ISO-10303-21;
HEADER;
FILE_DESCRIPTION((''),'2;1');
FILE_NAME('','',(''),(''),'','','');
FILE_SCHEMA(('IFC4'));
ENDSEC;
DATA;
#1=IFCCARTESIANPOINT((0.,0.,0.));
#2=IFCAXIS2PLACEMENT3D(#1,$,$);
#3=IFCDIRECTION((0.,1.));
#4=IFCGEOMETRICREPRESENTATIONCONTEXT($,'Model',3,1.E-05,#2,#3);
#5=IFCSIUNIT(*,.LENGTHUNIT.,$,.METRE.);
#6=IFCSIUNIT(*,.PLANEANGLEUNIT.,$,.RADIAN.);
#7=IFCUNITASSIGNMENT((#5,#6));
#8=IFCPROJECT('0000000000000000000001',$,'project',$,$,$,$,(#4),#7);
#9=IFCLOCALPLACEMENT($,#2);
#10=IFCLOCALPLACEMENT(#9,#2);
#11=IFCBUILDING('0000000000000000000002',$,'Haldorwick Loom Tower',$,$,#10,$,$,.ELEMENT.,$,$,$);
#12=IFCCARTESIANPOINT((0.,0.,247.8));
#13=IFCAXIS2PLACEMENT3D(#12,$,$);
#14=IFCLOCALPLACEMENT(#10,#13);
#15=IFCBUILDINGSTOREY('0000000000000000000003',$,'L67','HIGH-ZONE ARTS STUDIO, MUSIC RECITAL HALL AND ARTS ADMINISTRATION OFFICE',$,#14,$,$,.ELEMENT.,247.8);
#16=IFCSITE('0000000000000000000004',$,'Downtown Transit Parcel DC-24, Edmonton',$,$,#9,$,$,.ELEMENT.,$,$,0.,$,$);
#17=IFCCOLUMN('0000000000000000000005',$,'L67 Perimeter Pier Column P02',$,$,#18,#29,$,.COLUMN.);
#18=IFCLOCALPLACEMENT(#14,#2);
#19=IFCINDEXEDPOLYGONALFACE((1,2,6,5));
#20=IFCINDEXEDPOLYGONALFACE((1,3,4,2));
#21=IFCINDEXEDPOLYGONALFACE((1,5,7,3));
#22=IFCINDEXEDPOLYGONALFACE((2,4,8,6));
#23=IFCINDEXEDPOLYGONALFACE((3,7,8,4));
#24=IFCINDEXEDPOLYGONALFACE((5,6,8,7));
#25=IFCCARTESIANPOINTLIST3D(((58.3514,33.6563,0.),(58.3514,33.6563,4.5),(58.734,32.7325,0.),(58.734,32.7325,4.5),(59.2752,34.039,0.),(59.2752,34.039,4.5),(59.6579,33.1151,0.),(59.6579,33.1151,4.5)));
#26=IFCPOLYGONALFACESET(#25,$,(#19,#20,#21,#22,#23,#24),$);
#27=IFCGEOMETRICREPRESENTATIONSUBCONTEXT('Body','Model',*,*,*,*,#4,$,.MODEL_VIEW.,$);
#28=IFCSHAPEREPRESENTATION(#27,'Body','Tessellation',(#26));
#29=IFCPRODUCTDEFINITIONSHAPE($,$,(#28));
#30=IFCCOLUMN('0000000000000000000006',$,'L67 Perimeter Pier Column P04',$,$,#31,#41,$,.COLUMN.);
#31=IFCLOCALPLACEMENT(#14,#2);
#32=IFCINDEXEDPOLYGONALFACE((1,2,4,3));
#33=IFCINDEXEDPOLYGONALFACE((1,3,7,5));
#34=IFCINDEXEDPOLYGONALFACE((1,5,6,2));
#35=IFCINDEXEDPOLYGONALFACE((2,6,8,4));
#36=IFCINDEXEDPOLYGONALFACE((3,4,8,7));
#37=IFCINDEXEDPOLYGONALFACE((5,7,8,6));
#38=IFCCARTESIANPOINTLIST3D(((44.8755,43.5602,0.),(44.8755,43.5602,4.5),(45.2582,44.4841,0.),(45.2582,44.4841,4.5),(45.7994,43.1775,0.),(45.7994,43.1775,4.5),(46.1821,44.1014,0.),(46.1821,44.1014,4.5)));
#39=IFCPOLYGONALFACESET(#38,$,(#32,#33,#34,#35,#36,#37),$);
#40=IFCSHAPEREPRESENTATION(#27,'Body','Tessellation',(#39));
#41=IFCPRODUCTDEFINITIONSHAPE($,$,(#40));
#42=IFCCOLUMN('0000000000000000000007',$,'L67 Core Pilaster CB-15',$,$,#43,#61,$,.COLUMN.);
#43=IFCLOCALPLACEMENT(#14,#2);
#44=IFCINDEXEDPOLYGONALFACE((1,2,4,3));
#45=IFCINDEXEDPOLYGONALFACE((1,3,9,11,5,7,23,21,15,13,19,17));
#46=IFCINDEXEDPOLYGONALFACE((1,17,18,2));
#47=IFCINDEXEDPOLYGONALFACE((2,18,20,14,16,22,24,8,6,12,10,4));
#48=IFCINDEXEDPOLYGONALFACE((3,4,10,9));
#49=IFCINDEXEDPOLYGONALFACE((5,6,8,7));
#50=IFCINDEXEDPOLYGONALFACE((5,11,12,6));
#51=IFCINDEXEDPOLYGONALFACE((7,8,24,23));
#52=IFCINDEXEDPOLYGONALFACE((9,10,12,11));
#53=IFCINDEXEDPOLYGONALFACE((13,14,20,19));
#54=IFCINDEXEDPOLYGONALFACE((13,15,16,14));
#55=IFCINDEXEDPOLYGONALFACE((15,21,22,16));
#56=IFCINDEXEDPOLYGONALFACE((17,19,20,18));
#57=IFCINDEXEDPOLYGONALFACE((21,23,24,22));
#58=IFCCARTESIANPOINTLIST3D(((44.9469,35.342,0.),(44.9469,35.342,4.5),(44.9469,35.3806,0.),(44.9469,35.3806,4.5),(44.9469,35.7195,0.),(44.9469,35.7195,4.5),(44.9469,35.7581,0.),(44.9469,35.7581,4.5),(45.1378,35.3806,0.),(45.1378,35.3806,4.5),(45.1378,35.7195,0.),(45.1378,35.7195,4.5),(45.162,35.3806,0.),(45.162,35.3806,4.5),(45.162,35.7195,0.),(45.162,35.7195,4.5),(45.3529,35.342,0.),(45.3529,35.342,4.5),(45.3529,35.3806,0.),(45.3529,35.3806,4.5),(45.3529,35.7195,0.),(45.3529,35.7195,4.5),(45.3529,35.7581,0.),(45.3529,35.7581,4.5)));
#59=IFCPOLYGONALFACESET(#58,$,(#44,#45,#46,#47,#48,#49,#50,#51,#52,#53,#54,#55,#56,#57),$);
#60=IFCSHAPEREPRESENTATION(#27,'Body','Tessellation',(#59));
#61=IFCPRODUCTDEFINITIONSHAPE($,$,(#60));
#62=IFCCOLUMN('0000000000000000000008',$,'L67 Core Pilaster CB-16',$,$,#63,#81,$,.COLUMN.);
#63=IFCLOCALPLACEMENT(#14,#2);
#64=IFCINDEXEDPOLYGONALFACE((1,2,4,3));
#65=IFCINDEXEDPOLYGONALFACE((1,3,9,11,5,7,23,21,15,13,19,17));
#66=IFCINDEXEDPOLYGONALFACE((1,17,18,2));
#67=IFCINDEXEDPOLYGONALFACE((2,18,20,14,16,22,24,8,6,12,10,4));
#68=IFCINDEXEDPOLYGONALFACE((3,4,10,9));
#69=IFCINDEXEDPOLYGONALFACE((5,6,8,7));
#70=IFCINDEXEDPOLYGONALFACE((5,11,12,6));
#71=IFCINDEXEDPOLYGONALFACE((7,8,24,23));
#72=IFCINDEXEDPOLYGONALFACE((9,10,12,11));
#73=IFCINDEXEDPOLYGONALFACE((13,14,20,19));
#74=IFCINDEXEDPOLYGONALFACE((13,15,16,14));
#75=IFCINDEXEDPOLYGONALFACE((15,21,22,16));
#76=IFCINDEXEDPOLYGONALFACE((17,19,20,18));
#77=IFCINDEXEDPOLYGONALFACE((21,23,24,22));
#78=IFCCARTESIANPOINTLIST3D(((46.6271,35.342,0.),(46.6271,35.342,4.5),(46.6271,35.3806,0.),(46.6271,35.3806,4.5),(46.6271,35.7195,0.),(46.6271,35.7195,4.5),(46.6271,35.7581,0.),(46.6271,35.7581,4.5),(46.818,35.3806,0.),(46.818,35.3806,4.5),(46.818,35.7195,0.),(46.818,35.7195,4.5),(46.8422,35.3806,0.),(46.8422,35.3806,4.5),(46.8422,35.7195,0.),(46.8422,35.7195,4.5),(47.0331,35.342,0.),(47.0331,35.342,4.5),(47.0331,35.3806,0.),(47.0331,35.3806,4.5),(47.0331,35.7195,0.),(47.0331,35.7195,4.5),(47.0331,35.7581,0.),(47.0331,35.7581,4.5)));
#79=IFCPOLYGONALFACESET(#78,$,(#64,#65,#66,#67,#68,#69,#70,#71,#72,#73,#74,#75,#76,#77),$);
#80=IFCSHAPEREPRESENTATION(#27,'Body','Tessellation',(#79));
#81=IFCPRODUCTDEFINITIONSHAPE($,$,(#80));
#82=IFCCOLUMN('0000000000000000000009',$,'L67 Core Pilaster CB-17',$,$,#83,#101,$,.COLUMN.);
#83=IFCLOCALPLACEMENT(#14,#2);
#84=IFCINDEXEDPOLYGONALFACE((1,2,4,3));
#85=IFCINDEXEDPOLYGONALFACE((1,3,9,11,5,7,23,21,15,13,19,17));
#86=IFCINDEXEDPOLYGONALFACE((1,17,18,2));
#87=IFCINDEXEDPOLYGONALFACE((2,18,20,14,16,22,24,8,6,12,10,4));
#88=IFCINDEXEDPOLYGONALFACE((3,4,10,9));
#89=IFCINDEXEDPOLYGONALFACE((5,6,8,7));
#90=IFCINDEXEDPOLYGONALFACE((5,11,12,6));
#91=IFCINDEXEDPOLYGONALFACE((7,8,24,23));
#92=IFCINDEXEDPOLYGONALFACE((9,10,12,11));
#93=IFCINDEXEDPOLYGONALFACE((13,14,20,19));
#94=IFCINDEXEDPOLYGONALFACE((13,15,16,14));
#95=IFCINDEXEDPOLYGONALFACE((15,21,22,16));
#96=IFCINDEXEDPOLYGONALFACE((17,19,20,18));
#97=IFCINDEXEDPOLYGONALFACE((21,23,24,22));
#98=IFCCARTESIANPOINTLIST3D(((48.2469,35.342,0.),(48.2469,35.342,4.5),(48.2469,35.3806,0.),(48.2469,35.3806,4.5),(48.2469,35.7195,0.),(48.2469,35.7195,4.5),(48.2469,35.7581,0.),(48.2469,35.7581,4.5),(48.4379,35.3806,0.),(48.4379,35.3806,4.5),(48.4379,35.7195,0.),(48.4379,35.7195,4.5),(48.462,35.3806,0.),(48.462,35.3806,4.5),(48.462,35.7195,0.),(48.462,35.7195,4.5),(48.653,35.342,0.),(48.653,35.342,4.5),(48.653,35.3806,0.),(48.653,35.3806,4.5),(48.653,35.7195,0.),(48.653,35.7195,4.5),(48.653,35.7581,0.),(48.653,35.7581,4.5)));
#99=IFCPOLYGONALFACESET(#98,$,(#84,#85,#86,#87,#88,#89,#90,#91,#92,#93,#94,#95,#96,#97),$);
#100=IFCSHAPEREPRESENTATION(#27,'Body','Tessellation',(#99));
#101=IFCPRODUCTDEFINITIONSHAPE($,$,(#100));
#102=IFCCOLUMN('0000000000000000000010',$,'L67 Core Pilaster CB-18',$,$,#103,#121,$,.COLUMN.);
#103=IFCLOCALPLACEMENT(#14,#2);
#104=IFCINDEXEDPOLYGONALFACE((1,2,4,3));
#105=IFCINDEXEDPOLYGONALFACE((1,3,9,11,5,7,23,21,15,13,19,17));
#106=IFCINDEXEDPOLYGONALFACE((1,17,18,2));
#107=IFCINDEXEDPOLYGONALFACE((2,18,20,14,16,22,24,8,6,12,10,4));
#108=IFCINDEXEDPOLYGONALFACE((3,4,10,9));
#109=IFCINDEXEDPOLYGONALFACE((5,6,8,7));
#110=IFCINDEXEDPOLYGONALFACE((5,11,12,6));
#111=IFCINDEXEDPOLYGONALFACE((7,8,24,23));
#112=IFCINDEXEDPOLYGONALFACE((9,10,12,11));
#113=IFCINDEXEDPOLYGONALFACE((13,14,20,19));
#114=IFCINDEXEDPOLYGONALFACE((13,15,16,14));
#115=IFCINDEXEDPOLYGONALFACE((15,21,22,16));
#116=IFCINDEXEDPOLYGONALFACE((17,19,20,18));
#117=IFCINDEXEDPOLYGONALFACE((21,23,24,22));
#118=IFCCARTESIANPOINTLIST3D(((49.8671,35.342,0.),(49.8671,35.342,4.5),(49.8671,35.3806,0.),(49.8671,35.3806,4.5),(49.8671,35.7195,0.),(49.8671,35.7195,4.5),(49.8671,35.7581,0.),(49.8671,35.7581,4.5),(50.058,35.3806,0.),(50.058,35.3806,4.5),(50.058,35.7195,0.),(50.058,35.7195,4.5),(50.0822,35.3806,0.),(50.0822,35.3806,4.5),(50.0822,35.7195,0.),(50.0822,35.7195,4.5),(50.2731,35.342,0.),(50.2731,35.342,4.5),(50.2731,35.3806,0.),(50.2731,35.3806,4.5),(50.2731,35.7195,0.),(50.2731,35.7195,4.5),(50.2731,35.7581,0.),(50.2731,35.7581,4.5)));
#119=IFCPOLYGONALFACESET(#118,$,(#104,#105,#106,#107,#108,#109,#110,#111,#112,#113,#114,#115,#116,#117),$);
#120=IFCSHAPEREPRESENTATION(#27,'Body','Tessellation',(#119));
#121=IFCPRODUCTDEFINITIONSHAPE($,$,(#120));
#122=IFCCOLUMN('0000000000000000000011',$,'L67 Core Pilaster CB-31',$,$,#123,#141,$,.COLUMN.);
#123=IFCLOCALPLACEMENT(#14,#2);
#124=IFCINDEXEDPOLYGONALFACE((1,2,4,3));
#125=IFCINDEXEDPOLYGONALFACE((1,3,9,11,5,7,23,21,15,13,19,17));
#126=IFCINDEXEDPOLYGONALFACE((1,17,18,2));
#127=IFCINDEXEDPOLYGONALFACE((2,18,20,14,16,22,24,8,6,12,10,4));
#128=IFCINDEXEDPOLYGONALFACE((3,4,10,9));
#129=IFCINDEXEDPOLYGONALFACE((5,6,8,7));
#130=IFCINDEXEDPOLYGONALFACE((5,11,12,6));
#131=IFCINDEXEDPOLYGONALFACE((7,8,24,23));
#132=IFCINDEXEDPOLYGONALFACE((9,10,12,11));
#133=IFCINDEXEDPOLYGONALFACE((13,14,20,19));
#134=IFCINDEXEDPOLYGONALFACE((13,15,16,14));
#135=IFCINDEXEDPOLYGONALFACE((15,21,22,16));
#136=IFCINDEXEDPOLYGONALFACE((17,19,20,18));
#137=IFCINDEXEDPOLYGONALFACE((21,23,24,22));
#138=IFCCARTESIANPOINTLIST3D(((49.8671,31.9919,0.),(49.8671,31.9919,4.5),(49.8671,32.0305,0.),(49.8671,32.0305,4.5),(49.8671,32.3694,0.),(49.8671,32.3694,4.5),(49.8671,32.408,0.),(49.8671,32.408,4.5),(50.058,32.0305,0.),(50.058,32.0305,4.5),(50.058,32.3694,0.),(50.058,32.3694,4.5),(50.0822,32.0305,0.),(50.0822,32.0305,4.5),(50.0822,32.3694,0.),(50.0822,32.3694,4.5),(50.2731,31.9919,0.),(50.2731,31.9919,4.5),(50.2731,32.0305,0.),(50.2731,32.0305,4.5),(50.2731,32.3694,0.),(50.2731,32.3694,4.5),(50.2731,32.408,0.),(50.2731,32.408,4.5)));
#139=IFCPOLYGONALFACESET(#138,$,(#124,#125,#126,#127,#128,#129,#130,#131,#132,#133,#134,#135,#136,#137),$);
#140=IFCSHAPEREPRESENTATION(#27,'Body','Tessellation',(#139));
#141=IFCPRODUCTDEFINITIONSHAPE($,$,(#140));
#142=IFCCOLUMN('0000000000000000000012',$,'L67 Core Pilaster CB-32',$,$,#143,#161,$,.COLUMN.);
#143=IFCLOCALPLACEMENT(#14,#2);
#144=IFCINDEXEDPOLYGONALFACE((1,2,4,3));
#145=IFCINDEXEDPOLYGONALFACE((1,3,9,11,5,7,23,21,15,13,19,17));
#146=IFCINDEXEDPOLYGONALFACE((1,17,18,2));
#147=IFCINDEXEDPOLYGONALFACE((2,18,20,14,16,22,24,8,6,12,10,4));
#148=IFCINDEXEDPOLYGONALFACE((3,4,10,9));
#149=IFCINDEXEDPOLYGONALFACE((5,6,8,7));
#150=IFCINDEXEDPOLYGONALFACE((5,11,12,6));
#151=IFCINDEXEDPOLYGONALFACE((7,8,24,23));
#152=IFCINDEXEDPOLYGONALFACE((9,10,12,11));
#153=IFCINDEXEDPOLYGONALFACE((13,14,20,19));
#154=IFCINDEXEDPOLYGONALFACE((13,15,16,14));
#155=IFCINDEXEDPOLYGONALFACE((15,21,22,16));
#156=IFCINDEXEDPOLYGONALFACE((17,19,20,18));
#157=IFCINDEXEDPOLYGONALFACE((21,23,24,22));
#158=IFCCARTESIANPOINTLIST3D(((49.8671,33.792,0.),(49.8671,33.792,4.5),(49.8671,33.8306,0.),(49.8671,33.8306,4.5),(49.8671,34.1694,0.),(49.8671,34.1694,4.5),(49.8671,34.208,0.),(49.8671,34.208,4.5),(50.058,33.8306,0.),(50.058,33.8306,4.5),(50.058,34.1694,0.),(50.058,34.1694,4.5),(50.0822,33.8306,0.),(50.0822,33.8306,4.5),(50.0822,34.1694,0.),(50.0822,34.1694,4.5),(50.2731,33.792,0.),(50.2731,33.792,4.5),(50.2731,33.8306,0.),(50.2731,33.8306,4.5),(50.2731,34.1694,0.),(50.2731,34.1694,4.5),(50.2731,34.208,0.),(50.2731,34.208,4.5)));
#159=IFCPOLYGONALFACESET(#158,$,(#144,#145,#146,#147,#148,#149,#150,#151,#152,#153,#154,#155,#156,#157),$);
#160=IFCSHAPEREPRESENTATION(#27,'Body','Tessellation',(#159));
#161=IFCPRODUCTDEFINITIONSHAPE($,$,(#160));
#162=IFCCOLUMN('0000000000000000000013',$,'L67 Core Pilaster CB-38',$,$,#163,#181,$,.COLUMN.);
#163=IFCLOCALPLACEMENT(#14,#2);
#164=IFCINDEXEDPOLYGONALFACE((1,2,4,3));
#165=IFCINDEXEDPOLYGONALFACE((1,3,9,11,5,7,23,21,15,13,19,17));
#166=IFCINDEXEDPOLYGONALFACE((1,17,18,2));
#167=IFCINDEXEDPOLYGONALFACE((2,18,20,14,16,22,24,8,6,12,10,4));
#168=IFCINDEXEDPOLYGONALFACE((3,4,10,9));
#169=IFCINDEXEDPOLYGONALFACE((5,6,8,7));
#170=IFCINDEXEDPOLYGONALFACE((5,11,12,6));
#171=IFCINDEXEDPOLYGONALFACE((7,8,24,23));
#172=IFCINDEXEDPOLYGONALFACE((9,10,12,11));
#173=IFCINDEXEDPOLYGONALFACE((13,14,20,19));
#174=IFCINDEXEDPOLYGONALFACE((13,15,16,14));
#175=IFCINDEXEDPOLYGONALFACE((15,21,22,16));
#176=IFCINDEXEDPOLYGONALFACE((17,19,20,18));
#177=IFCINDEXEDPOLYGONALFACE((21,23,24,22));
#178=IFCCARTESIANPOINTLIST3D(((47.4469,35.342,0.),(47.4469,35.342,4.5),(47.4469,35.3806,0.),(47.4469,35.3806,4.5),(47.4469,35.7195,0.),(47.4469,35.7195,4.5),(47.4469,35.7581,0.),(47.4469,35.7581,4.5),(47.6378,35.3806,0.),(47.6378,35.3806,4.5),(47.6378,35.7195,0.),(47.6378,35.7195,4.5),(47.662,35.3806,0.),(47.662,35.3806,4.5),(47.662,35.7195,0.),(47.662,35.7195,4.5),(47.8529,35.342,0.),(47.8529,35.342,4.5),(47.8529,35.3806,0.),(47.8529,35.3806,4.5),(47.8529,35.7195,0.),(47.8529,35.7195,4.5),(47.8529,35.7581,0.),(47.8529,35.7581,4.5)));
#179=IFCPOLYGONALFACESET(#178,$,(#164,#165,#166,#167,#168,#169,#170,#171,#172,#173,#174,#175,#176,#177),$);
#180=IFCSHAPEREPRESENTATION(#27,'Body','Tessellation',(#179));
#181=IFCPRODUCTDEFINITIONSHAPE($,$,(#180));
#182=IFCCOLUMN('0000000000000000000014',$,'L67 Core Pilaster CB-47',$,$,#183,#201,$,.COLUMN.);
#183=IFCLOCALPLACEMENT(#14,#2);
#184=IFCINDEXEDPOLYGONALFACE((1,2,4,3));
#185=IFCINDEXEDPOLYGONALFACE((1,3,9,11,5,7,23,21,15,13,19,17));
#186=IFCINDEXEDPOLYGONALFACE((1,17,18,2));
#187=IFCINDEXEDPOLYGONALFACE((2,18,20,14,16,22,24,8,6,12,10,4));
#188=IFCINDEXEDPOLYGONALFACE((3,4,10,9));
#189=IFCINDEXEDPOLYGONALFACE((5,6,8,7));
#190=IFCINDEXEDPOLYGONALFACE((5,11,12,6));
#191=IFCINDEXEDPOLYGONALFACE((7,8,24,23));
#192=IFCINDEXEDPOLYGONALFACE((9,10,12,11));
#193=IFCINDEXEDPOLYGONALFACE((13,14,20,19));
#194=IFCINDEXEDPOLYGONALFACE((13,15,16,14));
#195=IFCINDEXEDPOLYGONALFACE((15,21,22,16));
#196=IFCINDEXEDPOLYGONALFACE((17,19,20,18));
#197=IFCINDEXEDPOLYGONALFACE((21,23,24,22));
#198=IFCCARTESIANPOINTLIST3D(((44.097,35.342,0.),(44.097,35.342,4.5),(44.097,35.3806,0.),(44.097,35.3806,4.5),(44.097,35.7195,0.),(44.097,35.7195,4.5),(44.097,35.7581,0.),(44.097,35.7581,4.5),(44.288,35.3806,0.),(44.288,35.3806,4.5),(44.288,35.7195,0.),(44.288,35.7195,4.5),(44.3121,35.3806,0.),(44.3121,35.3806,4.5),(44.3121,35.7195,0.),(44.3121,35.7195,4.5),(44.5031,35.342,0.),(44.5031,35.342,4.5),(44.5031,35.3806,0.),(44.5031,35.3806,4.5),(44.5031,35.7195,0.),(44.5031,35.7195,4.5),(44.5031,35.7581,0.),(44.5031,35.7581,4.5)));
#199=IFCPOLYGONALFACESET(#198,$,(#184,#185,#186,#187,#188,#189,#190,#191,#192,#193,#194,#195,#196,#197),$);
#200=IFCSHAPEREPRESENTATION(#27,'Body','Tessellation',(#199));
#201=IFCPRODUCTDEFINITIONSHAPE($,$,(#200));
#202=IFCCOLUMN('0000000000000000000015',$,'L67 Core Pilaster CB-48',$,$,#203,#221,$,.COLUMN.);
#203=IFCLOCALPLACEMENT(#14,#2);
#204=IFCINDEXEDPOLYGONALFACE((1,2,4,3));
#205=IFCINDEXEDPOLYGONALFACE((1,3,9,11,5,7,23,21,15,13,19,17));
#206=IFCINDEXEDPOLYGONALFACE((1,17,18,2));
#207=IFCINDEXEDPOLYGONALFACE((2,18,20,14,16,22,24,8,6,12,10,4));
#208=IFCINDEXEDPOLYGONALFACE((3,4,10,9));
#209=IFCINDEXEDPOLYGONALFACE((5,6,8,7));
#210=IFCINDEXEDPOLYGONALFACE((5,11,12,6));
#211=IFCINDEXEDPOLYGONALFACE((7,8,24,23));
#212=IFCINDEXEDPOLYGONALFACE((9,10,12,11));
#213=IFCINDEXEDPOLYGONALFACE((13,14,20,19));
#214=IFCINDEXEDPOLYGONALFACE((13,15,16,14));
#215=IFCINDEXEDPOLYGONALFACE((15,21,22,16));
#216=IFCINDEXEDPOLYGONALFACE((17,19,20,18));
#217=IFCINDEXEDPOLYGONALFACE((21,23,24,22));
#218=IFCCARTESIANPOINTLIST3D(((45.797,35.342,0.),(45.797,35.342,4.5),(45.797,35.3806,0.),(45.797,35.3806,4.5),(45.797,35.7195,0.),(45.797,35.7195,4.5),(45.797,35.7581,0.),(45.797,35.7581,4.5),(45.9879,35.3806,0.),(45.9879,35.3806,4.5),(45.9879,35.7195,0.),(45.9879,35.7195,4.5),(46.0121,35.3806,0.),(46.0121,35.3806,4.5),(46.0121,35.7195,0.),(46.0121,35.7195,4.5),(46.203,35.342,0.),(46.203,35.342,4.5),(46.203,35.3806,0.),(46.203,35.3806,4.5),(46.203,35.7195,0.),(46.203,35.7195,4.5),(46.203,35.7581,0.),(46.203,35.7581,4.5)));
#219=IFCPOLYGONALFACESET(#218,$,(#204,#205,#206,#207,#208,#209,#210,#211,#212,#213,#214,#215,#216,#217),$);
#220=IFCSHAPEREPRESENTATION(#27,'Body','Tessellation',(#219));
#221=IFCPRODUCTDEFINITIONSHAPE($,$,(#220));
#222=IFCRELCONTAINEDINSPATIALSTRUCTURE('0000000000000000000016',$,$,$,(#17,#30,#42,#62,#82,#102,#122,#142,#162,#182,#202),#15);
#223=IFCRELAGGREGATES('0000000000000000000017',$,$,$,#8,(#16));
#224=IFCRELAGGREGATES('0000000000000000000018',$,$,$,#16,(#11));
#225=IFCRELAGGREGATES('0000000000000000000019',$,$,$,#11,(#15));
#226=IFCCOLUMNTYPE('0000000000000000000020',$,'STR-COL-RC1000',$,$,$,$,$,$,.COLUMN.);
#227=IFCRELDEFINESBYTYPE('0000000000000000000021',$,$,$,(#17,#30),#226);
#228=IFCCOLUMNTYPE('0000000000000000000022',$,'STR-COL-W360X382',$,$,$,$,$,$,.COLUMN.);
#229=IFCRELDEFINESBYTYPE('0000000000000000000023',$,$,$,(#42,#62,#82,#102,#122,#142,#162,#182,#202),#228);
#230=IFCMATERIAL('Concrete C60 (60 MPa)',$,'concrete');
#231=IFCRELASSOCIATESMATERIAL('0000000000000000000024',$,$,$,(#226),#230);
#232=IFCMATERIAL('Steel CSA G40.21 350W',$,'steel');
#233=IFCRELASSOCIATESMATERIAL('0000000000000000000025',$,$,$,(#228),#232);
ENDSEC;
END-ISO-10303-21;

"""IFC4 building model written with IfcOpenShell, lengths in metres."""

from ifc_helpers import new_model, si_unit, direction, frame, origin, origin_2d, place, context, subcontext, project, spatial, rectangle, i_section, extrude, material, material_profile, profile_set, type_object, element, save


model = new_model("IFC4")

# Units and contexts
model_context = context("Model", 3, precision=1e-05, world=origin(), true_north=direction((0.0, 1.0)))
body_context = subcontext(model_context, "Body", "Model", "MODEL_VIEW")
ifc_project = project(units=[si_unit("LENGTHUNIT", "METRE"), si_unit("PLANEANGLEUNIT", "RADIAN")], contexts=[model_context])

# Site, building, storey
site_placement = place(None, origin())
site = spatial("IfcSite", under=ifc_project, at=site_placement, Name="Downtown Transit Parcel DC-24, Edmonton", CompositionType="ELEMENT", RefElevation=0.0)
building_placement = place(site_placement, origin())
building = spatial("IfcBuilding", under=site, at=building_placement, Name="Haldorwick Loom Tower", CompositionType="ELEMENT")
storey_placement = place(building_placement, frame((0.0, 0.0, 247.8)))
storey = spatial("IfcBuildingStorey", under=building, at=storey_placement, Name="L67", Description="HIGH-ZONE ARTS STUDIO, MUSIC RECITAL HALL AND ARTS ADMINISTRATION OFFICE", CompositionType="ELEMENT", Elevation=247.8)

# Columns
ifc_material_1 = material(Name="Concrete C60 (60 MPa)", Category="concrete")
ifc_material_profile_1 = material_profile(ifc_material_1, rectangle(XDim=1.0, YDim=1.0, at=origin_2d()), Name="RC1000X1000", Category="concrete")
ifc_profile_set_1 = profile_set([ifc_material_profile_1], Name="Concrete C60 (60 MPa)")
column_type_1 = type_object("IfcColumnType", Name="STR-COL-RC1000", PredefinedType="COLUMN", material=ifc_profile_set_1)
for number, where, z_axis, x_axis, name in (
    (1, (59.0046, 33.3857, 0.0), (0.0, 0.0, 1.0), (0.92388, 0.382683, 0.0), "L67 Perimeter Pier Column P02"),
    (2, (45.5288, 43.8308, 0.0), (0.0, 0.0, 1.0), (0.382683, 0.92388, 0.0), "L67 Perimeter Pier Column P04"),
):
    element("IfcColumn", number, at=place(storey_placement, frame(where, z_axis=z_axis, x_axis=x_axis)), inside=storey, type_object=column_type_1, Name=name, PredefinedType="COLUMN", context=body_context, shape_type="SweptSolid", body=[
        extrude(rectangle(XDim=1.0, YDim=1.0, at=origin_2d()), origin(), (0.0, 0.0, 1.0), 4.5),
    ])
ifc_material_2 = material(Name="Steel CSA G40.21 350W", Category="steel")
ifc_material_profile_2 = material_profile(ifc_material_2, i_section(OverallWidth=0.406, OverallDepth=0.416, WebThickness=0.0242, FlangeThickness=0.0386, at=origin_2d()), Name="W360X382", Category="steel")
ifc_profile_set_2 = profile_set([ifc_material_profile_2], Name="Steel CSA G40.21 350W")
column_type_2 = type_object("IfcColumnType", Name="STR-COL-W360X382", PredefinedType="COLUMN", material=ifc_profile_set_2)
for number, where, z_axis, x_axis, name in (
    (3, (45.1499, 35.55, 0.0), (0.0, 0.0, 1.0), (1.0, 0.0, 0.0), "L67 Core Pilaster CB-15"),
    (4, (46.8301, 35.55, 0.0), (0.0, 0.0, 1.0), (1.0, 0.0, 0.0), "L67 Core Pilaster CB-16"),
    (5, (48.45, 35.55, 0.0), (0.0, 0.0, 1.0), (1.0, 0.0, 0.0), "L67 Core Pilaster CB-17"),
    (6, (50.0701, 35.55, 0.0), (0.0, 0.0, 1.0), (1.0, 0.0, 0.0), "L67 Core Pilaster CB-18"),
    (7, (50.0701, 32.2, 0.0), (0.0, 0.0, 1.0), (1.0, 0.0, 0.0), "L67 Core Pilaster CB-31"),
    (8, (50.0701, 34.0, 0.0), (0.0, 0.0, 1.0), (1.0, 0.0, 0.0), "L67 Core Pilaster CB-32"),
    (9, (47.6499, 35.55, 0.0), (0.0, 0.0, 1.0), (1.0, 0.0, 0.0), "L67 Core Pilaster CB-38"),
    (10, (44.3, 35.55, 0.0), (0.0, 0.0, 1.0), (1.0, 0.0, 0.0), "L67 Core Pilaster CB-47"),
    (11, (46.0, 35.55, 0.0), (0.0, 0.0, 1.0), (1.0, 0.0, 0.0), "L67 Core Pilaster CB-48"),
):
    element("IfcColumn", number, at=place(storey_placement, frame(where, z_axis=z_axis, x_axis=x_axis)), inside=storey, type_object=column_type_2, Name=name, PredefinedType="COLUMN", context=body_context, shape_type="SweptSolid", body=[
        extrude(i_section(OverallWidth=0.406, OverallDepth=0.416, WebThickness=0.0242, FlangeThickness=0.0386, at=origin_2d()), origin(), (0.0, 0.0, 1.0), 4.5),
    ])

save(model, "model.ifc")
